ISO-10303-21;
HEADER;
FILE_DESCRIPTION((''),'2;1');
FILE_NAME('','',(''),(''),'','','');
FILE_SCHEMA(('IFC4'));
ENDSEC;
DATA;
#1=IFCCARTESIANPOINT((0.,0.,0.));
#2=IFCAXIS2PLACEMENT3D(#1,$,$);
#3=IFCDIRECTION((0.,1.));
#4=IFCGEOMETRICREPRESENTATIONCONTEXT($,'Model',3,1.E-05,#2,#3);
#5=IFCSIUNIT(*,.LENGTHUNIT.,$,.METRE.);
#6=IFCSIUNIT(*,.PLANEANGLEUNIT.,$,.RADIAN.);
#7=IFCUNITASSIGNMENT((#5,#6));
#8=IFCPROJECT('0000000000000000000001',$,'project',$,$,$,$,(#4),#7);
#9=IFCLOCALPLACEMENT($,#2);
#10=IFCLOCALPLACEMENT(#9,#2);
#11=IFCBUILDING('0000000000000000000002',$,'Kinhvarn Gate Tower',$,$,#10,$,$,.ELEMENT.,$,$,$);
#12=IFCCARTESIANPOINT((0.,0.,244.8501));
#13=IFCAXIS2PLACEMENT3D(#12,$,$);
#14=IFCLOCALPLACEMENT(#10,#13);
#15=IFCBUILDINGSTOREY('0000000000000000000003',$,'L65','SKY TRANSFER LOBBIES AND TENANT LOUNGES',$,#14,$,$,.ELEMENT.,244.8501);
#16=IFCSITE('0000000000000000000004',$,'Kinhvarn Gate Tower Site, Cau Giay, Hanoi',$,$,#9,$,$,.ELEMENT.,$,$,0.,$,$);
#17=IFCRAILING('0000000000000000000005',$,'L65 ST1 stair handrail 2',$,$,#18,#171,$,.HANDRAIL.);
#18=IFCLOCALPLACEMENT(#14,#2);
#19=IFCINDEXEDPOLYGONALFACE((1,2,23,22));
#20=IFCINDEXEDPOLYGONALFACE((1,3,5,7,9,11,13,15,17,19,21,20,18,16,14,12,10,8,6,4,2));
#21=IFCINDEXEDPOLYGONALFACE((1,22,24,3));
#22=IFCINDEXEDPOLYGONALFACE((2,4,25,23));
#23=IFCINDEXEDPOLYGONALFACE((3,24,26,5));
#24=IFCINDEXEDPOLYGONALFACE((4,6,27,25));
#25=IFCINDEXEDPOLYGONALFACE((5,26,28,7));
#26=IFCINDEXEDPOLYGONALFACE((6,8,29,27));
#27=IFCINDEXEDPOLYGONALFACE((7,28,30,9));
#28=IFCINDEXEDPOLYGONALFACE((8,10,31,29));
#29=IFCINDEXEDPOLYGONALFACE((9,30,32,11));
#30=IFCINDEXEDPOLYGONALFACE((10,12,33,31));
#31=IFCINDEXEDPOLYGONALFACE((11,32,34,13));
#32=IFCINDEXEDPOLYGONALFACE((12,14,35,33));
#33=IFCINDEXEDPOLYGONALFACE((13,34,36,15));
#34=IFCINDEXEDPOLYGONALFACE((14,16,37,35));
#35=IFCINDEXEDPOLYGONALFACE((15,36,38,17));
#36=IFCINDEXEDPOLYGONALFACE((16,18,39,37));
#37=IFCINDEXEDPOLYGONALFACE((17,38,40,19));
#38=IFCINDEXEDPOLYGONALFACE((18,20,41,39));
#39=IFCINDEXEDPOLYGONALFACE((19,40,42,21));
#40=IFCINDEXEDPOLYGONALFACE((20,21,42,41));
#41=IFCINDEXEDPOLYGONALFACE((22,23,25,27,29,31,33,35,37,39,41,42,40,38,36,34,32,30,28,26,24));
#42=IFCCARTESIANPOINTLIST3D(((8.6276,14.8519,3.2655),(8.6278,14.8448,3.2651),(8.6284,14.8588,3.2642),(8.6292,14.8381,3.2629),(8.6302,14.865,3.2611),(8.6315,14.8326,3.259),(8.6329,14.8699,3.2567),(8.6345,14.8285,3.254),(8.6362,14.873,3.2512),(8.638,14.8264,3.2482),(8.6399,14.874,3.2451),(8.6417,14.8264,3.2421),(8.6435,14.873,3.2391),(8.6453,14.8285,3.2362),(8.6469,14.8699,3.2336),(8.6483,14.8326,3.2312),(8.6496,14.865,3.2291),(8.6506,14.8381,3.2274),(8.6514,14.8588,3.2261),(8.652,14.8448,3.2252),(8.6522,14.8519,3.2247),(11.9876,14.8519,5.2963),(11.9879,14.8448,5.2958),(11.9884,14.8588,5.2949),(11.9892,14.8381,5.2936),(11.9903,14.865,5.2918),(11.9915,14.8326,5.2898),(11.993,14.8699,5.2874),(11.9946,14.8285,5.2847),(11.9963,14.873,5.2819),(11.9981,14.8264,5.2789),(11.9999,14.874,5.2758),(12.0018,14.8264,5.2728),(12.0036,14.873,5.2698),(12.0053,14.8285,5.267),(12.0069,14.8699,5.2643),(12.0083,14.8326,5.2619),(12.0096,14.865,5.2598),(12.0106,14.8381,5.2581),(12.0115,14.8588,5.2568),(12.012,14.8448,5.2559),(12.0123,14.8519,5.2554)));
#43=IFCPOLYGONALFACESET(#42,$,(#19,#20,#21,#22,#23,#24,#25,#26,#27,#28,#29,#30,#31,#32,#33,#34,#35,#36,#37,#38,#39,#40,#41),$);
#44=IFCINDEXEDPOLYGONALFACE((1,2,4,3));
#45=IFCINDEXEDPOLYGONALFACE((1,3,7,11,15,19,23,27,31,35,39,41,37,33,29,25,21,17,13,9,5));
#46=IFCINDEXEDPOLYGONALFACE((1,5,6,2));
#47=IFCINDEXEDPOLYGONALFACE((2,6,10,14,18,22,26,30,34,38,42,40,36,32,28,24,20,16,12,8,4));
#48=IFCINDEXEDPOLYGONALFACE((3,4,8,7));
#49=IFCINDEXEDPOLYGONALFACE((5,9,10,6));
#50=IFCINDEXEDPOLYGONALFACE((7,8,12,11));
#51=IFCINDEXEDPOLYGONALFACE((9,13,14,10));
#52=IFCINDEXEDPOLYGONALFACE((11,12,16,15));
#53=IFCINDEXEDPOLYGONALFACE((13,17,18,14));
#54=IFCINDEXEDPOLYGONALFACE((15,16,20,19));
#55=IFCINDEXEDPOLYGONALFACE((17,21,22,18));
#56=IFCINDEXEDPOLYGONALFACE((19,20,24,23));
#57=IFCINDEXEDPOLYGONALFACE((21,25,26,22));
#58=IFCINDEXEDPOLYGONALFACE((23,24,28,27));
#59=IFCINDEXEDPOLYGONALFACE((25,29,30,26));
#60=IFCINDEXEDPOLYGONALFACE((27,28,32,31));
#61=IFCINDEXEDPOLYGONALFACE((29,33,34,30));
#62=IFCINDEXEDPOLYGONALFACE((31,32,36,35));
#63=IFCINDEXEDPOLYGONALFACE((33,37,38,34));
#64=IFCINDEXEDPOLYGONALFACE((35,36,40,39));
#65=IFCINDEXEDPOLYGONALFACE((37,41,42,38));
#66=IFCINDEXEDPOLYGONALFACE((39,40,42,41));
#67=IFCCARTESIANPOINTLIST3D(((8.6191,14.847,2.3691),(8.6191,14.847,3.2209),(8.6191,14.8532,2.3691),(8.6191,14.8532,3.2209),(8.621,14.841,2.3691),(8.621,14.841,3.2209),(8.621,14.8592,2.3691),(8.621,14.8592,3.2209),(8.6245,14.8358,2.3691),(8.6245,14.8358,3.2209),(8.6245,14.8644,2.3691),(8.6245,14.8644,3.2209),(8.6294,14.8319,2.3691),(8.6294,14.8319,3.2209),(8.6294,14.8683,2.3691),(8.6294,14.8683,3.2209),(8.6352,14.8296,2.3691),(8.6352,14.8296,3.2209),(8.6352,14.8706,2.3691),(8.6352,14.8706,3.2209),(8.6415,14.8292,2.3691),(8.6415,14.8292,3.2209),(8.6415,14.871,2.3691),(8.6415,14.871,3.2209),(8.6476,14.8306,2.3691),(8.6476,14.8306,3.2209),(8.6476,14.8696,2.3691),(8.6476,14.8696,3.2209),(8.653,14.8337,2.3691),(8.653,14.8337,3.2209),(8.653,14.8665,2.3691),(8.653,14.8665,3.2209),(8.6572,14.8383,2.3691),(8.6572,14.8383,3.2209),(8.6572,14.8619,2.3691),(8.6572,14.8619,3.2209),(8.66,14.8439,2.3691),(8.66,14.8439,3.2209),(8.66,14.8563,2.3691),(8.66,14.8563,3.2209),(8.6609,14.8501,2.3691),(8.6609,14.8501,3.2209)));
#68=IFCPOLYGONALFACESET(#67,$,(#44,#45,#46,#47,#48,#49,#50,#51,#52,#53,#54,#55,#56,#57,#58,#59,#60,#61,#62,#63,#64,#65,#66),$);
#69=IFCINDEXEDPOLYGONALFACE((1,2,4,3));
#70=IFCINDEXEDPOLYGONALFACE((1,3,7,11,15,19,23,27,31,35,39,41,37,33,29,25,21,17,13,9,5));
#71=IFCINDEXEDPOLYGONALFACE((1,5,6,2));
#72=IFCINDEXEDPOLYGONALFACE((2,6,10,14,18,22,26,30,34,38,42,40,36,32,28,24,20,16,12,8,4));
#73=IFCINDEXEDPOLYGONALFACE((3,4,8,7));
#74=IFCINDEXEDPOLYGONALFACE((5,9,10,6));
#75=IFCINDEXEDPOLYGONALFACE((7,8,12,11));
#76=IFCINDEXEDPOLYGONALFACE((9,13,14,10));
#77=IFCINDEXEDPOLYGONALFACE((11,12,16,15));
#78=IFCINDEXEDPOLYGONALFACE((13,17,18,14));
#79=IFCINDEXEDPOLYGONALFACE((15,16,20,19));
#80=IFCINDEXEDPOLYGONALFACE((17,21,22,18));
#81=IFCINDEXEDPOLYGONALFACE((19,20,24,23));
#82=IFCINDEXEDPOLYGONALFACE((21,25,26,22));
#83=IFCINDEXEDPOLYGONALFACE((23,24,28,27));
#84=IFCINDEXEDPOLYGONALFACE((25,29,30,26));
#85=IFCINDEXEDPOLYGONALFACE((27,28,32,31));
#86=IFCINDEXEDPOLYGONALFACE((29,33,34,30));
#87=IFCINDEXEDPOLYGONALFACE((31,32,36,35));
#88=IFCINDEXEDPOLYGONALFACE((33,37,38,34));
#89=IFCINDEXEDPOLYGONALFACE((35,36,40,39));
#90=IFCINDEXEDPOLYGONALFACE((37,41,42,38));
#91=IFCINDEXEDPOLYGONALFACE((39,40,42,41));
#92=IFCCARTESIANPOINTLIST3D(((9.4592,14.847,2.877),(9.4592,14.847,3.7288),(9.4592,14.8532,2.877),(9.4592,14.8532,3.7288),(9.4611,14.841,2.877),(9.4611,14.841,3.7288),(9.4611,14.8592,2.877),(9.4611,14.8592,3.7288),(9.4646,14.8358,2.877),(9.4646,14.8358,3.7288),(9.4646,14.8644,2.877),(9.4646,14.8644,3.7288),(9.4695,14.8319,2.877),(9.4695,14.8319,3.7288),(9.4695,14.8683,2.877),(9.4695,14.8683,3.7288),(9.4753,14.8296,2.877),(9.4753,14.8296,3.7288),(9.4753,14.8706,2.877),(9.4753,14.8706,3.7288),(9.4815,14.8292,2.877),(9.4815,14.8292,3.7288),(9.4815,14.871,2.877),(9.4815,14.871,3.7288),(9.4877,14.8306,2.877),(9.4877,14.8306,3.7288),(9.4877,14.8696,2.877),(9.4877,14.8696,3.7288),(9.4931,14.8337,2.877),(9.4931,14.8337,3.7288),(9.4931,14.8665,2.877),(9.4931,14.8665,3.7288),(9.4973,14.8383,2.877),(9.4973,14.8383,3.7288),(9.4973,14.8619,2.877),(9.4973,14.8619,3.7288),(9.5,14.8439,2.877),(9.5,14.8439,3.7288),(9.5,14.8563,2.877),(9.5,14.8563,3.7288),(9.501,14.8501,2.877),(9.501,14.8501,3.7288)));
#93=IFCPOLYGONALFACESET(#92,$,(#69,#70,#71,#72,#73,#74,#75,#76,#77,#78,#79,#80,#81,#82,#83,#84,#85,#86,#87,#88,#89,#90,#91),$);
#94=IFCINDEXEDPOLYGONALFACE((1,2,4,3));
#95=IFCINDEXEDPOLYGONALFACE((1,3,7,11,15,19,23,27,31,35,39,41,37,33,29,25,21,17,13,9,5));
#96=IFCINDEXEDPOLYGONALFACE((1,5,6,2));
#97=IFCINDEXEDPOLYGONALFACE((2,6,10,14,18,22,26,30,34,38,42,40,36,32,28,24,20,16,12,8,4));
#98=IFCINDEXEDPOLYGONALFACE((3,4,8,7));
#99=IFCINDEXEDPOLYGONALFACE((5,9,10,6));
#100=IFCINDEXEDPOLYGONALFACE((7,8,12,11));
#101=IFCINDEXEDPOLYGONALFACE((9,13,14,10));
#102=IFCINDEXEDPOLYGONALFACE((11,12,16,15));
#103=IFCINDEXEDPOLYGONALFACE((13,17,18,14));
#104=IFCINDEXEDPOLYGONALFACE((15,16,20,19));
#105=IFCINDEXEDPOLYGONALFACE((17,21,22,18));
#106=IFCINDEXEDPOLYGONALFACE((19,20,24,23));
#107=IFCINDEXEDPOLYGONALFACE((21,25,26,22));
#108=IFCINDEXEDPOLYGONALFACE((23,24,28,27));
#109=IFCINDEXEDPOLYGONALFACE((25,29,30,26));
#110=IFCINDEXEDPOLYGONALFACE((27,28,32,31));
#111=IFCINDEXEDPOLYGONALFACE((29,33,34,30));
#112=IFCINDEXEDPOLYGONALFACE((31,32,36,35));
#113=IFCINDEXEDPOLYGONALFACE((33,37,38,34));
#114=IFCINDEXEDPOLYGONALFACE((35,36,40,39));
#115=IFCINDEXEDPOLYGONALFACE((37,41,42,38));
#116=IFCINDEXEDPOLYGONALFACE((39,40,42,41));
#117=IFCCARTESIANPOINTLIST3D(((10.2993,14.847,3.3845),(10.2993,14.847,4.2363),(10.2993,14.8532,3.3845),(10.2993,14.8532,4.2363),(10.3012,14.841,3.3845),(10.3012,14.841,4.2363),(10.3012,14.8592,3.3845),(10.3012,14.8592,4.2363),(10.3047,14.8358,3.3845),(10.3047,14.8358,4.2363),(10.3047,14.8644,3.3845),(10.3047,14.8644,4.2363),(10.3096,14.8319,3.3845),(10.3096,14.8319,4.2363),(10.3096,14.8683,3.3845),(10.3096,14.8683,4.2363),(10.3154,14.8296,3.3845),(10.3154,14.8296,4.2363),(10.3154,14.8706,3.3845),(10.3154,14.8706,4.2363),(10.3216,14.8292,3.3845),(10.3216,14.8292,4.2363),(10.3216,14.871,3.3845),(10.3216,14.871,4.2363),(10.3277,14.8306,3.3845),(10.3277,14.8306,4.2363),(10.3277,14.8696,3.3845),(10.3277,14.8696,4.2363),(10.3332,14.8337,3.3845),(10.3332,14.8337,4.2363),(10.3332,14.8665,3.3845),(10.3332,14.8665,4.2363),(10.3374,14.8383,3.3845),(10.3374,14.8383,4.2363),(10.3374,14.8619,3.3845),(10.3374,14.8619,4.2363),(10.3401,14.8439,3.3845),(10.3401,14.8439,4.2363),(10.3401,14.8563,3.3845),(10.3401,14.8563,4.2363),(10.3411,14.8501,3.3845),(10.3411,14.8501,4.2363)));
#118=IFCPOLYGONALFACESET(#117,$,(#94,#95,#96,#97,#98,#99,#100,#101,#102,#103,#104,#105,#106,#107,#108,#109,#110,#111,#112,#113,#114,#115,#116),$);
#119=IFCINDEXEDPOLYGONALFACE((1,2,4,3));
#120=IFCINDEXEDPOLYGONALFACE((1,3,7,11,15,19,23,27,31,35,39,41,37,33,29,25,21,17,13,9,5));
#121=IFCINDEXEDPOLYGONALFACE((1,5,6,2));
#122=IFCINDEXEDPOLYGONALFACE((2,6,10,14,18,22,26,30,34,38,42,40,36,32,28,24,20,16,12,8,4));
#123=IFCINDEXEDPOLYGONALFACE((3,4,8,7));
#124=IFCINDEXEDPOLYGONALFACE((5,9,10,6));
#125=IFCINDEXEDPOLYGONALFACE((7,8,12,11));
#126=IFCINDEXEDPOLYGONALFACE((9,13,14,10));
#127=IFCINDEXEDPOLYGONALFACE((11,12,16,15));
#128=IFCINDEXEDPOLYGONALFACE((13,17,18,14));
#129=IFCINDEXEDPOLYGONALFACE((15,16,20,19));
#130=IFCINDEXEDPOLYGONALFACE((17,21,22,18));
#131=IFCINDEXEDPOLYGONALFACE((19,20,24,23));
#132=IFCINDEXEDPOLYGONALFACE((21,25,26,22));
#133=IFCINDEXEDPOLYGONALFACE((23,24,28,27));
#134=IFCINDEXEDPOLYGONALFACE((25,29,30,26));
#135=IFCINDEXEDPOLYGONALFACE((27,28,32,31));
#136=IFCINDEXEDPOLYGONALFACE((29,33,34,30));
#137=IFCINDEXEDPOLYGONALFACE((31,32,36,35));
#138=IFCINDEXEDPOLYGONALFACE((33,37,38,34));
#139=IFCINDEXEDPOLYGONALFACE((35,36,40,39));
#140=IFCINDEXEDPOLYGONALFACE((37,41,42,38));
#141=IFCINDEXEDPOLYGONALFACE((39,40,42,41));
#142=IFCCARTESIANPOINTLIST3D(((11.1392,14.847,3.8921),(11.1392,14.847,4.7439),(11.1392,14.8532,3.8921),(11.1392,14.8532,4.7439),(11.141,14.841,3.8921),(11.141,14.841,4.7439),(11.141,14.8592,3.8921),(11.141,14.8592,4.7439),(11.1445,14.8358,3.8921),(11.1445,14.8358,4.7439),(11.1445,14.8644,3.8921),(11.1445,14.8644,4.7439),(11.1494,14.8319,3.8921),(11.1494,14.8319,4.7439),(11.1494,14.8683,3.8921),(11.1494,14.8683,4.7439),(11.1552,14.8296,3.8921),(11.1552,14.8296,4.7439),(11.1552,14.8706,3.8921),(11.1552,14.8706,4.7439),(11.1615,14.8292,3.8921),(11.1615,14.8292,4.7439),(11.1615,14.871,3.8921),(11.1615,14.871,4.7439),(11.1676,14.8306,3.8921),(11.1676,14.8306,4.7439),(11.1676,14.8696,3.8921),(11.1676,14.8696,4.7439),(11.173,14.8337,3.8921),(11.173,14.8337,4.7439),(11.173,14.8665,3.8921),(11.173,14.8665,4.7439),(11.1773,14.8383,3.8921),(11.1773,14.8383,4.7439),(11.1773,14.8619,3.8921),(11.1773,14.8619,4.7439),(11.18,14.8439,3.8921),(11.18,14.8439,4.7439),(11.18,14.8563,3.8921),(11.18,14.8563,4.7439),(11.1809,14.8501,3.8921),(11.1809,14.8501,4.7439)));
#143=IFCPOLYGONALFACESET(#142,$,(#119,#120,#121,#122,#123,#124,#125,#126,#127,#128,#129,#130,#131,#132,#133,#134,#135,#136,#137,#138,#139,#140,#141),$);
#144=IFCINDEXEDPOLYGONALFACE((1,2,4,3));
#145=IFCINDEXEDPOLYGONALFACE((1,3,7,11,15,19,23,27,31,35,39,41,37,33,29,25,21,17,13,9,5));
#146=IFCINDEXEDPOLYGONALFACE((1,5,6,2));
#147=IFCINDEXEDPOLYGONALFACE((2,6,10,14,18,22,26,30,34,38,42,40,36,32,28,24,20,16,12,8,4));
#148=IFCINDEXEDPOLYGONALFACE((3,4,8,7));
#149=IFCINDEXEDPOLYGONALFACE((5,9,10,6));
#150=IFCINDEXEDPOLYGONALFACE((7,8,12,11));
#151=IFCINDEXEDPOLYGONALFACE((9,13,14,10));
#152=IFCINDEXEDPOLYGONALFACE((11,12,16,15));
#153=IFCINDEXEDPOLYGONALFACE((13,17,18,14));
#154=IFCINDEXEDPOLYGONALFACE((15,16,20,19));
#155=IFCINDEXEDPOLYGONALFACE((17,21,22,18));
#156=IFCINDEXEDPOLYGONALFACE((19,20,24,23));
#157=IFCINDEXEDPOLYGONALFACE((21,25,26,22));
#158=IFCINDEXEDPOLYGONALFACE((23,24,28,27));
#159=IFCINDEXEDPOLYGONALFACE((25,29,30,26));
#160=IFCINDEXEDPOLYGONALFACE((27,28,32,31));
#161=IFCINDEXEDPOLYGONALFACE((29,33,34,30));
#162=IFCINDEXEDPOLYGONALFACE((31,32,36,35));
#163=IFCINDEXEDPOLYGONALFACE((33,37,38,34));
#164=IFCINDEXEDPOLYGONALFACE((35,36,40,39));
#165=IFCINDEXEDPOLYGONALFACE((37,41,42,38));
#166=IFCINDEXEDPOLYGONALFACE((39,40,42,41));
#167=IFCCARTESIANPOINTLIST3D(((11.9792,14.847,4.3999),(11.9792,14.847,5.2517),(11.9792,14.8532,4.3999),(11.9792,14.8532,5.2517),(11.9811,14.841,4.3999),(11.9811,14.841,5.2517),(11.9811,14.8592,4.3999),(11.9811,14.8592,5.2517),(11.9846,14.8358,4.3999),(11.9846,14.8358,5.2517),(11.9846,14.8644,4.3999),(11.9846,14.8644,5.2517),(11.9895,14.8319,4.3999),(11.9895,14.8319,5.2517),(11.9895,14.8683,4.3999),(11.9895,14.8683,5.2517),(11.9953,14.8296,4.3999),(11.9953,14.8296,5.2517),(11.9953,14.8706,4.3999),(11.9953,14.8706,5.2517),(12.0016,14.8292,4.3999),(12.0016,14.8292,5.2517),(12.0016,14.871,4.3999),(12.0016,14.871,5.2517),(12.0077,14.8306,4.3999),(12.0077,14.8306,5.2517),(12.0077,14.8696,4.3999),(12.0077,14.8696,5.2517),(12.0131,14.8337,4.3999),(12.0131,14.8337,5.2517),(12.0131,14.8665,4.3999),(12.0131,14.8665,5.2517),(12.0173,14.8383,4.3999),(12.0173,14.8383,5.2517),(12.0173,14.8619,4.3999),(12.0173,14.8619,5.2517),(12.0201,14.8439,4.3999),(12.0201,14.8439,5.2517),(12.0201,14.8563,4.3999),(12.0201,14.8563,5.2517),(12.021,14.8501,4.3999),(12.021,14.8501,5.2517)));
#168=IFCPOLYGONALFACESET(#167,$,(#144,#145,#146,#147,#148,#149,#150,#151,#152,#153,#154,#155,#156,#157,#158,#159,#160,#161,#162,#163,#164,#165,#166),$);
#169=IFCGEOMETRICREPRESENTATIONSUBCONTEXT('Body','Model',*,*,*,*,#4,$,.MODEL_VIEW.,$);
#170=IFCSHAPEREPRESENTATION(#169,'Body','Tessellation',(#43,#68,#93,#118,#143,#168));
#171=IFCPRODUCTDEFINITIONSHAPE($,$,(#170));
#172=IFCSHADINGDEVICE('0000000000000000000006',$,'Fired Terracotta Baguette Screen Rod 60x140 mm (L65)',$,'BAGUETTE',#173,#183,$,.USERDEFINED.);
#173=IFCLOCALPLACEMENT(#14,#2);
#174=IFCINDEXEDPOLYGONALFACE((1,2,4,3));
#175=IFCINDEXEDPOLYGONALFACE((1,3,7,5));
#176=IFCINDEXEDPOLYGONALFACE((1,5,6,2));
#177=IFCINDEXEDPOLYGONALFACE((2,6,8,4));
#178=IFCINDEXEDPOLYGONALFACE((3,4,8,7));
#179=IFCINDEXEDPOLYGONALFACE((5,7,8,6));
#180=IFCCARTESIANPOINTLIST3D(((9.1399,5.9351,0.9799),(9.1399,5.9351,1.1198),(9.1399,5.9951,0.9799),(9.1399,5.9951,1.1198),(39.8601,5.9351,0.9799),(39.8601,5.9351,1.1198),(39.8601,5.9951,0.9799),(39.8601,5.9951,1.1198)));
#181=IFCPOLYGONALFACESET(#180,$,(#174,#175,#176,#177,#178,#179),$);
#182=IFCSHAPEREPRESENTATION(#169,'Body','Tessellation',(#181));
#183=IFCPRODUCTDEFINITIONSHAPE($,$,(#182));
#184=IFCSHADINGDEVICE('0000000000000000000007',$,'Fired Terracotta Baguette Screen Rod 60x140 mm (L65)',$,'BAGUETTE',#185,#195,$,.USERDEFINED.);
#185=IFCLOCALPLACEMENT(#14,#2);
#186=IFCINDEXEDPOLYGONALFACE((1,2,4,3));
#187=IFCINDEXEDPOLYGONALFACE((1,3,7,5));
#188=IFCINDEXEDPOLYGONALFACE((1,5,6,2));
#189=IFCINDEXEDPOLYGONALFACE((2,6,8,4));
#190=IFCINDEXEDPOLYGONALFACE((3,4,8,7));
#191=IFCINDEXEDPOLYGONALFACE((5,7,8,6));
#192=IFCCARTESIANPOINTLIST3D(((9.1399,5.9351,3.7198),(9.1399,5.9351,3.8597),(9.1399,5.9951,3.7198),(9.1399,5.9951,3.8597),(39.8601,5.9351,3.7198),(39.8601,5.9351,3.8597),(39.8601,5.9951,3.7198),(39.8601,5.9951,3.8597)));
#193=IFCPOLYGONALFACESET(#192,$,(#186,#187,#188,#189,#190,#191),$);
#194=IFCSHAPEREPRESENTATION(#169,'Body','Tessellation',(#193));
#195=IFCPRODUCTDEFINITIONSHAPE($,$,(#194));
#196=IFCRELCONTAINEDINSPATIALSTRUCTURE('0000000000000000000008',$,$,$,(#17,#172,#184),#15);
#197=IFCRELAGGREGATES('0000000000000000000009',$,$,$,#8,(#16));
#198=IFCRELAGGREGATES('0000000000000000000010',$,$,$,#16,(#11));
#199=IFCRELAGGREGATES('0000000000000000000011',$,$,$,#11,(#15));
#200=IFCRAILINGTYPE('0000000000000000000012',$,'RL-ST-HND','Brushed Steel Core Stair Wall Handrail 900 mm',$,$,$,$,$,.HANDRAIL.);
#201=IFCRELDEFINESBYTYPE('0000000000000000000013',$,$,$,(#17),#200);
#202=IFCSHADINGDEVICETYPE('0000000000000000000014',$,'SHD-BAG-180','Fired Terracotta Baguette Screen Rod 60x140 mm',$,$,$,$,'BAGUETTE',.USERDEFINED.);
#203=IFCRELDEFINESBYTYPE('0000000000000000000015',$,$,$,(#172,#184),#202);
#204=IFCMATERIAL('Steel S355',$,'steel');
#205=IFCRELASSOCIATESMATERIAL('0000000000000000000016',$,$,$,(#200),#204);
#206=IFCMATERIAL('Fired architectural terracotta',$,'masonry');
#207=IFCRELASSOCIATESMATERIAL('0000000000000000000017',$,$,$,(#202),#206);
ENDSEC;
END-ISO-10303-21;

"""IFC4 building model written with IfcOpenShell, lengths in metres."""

from ifc_helpers import new_model, si_unit, direction, frame, origin, origin_2d, place, context, subcontext, project, spatial, rectangle, circle, extrude, material, material_profile, profile_set, type_object, element, save


model = new_model("IFC4")

# Units and contexts
model_context = context("Model", 3, precision=1e-05, world=origin(), true_north=direction((0.0, 1.0)))
body_context = subcontext(model_context, "Body", "Model", "MODEL_VIEW")
ifc_project = project(units=[si_unit("LENGTHUNIT", "METRE"), si_unit("PLANEANGLEUNIT", "RADIAN")], contexts=[model_context])

# Site, building, storey
site_placement = place(None, origin())
site = spatial("IfcSite", under=ifc_project, at=site_placement, Name="Kinhvarn Gate Tower Site, Cau Giay, Hanoi", CompositionType="ELEMENT", RefElevation=0.0)
building_placement = place(site_placement, origin())
building = spatial("IfcBuilding", under=site, at=building_placement, Name="Kinhvarn Gate Tower", CompositionType="ELEMENT")
storey_placement = place(building_placement, frame((0.0, 0.0, 244.8501)))
storey = spatial("IfcBuildingStorey", under=building, at=storey_placement, Name="L65", Description="SKY TRANSFER LOBBIES AND TENANT LOUNGES", CompositionType="ELEMENT", Elevation=244.8501)

# Shared definitions
ifc_material_1 = material(Name="Steel S355", Category="steel")

# Shared definitions
ifc_material_2 = material(Name="Fired architectural terracotta", Category="masonry")

# Railing
railing_type_1 = type_object("IfcRailingType", Name="RL-ST-HND", Description="Brushed Steel Core Stair Wall Handrail 900 mm", PredefinedType="HANDRAIL", material=ifc_material_1)
railing_1_placement = place(storey_placement, frame((8.6399, 14.8501, 2.3691)))
element("IfcRailing", 1, at=railing_1_placement, inside=storey, type_object=railing_type_1, Name="L65 ST1 stair handrail 2", PredefinedType="HANDRAIL", context=body_context, shape_type="SweptSolid", body=[
    extrude(circle(Radius=0.0239, at=origin_2d()), frame((0.0, 0.0, 0.876), z_axis=(0.855837, 0.0, 0.517246), x_axis=(0.0, 1.0, 0.0)), (0.0, 0.0, 1.0), 3.926),
    extrude(circle(Radius=0.021, at=origin_2d()), origin(), (0.0, 0.0, 1.0), 0.8518),
    extrude(circle(Radius=0.021, at=origin_2d()), frame((0.8401, 0.0, 0.5078)), (0.0, 0.0, 1.0), 0.8518),
    extrude(circle(Radius=0.021, at=origin_2d()), frame((1.6802, 0.0, 1.0154)), (0.0, 0.0, 1.0), 0.8518),
    extrude(circle(Radius=0.021, at=origin_2d()), frame((2.52, 0.0, 1.5229)), (0.0, 0.0, 1.0), 0.8518),
    extrude(circle(Radius=0.021, at=origin_2d()), frame((3.3601, 0.0, 2.0308)), (0.0, 0.0, 1.0), 0.8518),
])

# Shading devices
ifc_material_profile_1 = material_profile(ifc_material_2, rectangle(XDim=0.0601, YDim=0.1399, at=origin_2d()), Name="TC 60x140")
ifc_profile_set_1 = profile_set([ifc_material_profile_1], Name="Fired architectural terracotta")
shading_device_type = type_object("IfcShadingDeviceType", Name="SHD-BAG-180", Description="Fired Terracotta Baguette Screen Rod 60x140 mm", ElementType="BAGUETTE", PredefinedType="USERDEFINED", material=ifc_profile_set_1)
for number, where, z_axis, x_axis, name in (
    (2, (9.1399, 5.9651, 1.0498), (1.0, 0.0, 0.0), (0.0, 1.0, 0.0), "Fired Terracotta Baguette Screen Rod 60x140 mm (L65)"),
    (3, (9.1399, 5.9651, 3.7898), (1.0, 0.0, 0.0), (0.0, 1.0, 0.0), "Fired Terracotta Baguette Screen Rod 60x140 mm (L65)"),
):
    element("IfcShadingDevice", number, at=place(storey_placement, frame(where, z_axis=z_axis, x_axis=x_axis)), inside=storey, type_object=shading_device_type, Name=name, ObjectType="BAGUETTE", PredefinedType="USERDEFINED", context=body_context, shape_type="SweptSolid", body=[
        extrude(rectangle(XDim=0.0601, YDim=0.1399, at=origin_2d()), origin(), (0.0, 0.0, 1.0), 30.7202),
    ])

save(model, "model.ifc")
